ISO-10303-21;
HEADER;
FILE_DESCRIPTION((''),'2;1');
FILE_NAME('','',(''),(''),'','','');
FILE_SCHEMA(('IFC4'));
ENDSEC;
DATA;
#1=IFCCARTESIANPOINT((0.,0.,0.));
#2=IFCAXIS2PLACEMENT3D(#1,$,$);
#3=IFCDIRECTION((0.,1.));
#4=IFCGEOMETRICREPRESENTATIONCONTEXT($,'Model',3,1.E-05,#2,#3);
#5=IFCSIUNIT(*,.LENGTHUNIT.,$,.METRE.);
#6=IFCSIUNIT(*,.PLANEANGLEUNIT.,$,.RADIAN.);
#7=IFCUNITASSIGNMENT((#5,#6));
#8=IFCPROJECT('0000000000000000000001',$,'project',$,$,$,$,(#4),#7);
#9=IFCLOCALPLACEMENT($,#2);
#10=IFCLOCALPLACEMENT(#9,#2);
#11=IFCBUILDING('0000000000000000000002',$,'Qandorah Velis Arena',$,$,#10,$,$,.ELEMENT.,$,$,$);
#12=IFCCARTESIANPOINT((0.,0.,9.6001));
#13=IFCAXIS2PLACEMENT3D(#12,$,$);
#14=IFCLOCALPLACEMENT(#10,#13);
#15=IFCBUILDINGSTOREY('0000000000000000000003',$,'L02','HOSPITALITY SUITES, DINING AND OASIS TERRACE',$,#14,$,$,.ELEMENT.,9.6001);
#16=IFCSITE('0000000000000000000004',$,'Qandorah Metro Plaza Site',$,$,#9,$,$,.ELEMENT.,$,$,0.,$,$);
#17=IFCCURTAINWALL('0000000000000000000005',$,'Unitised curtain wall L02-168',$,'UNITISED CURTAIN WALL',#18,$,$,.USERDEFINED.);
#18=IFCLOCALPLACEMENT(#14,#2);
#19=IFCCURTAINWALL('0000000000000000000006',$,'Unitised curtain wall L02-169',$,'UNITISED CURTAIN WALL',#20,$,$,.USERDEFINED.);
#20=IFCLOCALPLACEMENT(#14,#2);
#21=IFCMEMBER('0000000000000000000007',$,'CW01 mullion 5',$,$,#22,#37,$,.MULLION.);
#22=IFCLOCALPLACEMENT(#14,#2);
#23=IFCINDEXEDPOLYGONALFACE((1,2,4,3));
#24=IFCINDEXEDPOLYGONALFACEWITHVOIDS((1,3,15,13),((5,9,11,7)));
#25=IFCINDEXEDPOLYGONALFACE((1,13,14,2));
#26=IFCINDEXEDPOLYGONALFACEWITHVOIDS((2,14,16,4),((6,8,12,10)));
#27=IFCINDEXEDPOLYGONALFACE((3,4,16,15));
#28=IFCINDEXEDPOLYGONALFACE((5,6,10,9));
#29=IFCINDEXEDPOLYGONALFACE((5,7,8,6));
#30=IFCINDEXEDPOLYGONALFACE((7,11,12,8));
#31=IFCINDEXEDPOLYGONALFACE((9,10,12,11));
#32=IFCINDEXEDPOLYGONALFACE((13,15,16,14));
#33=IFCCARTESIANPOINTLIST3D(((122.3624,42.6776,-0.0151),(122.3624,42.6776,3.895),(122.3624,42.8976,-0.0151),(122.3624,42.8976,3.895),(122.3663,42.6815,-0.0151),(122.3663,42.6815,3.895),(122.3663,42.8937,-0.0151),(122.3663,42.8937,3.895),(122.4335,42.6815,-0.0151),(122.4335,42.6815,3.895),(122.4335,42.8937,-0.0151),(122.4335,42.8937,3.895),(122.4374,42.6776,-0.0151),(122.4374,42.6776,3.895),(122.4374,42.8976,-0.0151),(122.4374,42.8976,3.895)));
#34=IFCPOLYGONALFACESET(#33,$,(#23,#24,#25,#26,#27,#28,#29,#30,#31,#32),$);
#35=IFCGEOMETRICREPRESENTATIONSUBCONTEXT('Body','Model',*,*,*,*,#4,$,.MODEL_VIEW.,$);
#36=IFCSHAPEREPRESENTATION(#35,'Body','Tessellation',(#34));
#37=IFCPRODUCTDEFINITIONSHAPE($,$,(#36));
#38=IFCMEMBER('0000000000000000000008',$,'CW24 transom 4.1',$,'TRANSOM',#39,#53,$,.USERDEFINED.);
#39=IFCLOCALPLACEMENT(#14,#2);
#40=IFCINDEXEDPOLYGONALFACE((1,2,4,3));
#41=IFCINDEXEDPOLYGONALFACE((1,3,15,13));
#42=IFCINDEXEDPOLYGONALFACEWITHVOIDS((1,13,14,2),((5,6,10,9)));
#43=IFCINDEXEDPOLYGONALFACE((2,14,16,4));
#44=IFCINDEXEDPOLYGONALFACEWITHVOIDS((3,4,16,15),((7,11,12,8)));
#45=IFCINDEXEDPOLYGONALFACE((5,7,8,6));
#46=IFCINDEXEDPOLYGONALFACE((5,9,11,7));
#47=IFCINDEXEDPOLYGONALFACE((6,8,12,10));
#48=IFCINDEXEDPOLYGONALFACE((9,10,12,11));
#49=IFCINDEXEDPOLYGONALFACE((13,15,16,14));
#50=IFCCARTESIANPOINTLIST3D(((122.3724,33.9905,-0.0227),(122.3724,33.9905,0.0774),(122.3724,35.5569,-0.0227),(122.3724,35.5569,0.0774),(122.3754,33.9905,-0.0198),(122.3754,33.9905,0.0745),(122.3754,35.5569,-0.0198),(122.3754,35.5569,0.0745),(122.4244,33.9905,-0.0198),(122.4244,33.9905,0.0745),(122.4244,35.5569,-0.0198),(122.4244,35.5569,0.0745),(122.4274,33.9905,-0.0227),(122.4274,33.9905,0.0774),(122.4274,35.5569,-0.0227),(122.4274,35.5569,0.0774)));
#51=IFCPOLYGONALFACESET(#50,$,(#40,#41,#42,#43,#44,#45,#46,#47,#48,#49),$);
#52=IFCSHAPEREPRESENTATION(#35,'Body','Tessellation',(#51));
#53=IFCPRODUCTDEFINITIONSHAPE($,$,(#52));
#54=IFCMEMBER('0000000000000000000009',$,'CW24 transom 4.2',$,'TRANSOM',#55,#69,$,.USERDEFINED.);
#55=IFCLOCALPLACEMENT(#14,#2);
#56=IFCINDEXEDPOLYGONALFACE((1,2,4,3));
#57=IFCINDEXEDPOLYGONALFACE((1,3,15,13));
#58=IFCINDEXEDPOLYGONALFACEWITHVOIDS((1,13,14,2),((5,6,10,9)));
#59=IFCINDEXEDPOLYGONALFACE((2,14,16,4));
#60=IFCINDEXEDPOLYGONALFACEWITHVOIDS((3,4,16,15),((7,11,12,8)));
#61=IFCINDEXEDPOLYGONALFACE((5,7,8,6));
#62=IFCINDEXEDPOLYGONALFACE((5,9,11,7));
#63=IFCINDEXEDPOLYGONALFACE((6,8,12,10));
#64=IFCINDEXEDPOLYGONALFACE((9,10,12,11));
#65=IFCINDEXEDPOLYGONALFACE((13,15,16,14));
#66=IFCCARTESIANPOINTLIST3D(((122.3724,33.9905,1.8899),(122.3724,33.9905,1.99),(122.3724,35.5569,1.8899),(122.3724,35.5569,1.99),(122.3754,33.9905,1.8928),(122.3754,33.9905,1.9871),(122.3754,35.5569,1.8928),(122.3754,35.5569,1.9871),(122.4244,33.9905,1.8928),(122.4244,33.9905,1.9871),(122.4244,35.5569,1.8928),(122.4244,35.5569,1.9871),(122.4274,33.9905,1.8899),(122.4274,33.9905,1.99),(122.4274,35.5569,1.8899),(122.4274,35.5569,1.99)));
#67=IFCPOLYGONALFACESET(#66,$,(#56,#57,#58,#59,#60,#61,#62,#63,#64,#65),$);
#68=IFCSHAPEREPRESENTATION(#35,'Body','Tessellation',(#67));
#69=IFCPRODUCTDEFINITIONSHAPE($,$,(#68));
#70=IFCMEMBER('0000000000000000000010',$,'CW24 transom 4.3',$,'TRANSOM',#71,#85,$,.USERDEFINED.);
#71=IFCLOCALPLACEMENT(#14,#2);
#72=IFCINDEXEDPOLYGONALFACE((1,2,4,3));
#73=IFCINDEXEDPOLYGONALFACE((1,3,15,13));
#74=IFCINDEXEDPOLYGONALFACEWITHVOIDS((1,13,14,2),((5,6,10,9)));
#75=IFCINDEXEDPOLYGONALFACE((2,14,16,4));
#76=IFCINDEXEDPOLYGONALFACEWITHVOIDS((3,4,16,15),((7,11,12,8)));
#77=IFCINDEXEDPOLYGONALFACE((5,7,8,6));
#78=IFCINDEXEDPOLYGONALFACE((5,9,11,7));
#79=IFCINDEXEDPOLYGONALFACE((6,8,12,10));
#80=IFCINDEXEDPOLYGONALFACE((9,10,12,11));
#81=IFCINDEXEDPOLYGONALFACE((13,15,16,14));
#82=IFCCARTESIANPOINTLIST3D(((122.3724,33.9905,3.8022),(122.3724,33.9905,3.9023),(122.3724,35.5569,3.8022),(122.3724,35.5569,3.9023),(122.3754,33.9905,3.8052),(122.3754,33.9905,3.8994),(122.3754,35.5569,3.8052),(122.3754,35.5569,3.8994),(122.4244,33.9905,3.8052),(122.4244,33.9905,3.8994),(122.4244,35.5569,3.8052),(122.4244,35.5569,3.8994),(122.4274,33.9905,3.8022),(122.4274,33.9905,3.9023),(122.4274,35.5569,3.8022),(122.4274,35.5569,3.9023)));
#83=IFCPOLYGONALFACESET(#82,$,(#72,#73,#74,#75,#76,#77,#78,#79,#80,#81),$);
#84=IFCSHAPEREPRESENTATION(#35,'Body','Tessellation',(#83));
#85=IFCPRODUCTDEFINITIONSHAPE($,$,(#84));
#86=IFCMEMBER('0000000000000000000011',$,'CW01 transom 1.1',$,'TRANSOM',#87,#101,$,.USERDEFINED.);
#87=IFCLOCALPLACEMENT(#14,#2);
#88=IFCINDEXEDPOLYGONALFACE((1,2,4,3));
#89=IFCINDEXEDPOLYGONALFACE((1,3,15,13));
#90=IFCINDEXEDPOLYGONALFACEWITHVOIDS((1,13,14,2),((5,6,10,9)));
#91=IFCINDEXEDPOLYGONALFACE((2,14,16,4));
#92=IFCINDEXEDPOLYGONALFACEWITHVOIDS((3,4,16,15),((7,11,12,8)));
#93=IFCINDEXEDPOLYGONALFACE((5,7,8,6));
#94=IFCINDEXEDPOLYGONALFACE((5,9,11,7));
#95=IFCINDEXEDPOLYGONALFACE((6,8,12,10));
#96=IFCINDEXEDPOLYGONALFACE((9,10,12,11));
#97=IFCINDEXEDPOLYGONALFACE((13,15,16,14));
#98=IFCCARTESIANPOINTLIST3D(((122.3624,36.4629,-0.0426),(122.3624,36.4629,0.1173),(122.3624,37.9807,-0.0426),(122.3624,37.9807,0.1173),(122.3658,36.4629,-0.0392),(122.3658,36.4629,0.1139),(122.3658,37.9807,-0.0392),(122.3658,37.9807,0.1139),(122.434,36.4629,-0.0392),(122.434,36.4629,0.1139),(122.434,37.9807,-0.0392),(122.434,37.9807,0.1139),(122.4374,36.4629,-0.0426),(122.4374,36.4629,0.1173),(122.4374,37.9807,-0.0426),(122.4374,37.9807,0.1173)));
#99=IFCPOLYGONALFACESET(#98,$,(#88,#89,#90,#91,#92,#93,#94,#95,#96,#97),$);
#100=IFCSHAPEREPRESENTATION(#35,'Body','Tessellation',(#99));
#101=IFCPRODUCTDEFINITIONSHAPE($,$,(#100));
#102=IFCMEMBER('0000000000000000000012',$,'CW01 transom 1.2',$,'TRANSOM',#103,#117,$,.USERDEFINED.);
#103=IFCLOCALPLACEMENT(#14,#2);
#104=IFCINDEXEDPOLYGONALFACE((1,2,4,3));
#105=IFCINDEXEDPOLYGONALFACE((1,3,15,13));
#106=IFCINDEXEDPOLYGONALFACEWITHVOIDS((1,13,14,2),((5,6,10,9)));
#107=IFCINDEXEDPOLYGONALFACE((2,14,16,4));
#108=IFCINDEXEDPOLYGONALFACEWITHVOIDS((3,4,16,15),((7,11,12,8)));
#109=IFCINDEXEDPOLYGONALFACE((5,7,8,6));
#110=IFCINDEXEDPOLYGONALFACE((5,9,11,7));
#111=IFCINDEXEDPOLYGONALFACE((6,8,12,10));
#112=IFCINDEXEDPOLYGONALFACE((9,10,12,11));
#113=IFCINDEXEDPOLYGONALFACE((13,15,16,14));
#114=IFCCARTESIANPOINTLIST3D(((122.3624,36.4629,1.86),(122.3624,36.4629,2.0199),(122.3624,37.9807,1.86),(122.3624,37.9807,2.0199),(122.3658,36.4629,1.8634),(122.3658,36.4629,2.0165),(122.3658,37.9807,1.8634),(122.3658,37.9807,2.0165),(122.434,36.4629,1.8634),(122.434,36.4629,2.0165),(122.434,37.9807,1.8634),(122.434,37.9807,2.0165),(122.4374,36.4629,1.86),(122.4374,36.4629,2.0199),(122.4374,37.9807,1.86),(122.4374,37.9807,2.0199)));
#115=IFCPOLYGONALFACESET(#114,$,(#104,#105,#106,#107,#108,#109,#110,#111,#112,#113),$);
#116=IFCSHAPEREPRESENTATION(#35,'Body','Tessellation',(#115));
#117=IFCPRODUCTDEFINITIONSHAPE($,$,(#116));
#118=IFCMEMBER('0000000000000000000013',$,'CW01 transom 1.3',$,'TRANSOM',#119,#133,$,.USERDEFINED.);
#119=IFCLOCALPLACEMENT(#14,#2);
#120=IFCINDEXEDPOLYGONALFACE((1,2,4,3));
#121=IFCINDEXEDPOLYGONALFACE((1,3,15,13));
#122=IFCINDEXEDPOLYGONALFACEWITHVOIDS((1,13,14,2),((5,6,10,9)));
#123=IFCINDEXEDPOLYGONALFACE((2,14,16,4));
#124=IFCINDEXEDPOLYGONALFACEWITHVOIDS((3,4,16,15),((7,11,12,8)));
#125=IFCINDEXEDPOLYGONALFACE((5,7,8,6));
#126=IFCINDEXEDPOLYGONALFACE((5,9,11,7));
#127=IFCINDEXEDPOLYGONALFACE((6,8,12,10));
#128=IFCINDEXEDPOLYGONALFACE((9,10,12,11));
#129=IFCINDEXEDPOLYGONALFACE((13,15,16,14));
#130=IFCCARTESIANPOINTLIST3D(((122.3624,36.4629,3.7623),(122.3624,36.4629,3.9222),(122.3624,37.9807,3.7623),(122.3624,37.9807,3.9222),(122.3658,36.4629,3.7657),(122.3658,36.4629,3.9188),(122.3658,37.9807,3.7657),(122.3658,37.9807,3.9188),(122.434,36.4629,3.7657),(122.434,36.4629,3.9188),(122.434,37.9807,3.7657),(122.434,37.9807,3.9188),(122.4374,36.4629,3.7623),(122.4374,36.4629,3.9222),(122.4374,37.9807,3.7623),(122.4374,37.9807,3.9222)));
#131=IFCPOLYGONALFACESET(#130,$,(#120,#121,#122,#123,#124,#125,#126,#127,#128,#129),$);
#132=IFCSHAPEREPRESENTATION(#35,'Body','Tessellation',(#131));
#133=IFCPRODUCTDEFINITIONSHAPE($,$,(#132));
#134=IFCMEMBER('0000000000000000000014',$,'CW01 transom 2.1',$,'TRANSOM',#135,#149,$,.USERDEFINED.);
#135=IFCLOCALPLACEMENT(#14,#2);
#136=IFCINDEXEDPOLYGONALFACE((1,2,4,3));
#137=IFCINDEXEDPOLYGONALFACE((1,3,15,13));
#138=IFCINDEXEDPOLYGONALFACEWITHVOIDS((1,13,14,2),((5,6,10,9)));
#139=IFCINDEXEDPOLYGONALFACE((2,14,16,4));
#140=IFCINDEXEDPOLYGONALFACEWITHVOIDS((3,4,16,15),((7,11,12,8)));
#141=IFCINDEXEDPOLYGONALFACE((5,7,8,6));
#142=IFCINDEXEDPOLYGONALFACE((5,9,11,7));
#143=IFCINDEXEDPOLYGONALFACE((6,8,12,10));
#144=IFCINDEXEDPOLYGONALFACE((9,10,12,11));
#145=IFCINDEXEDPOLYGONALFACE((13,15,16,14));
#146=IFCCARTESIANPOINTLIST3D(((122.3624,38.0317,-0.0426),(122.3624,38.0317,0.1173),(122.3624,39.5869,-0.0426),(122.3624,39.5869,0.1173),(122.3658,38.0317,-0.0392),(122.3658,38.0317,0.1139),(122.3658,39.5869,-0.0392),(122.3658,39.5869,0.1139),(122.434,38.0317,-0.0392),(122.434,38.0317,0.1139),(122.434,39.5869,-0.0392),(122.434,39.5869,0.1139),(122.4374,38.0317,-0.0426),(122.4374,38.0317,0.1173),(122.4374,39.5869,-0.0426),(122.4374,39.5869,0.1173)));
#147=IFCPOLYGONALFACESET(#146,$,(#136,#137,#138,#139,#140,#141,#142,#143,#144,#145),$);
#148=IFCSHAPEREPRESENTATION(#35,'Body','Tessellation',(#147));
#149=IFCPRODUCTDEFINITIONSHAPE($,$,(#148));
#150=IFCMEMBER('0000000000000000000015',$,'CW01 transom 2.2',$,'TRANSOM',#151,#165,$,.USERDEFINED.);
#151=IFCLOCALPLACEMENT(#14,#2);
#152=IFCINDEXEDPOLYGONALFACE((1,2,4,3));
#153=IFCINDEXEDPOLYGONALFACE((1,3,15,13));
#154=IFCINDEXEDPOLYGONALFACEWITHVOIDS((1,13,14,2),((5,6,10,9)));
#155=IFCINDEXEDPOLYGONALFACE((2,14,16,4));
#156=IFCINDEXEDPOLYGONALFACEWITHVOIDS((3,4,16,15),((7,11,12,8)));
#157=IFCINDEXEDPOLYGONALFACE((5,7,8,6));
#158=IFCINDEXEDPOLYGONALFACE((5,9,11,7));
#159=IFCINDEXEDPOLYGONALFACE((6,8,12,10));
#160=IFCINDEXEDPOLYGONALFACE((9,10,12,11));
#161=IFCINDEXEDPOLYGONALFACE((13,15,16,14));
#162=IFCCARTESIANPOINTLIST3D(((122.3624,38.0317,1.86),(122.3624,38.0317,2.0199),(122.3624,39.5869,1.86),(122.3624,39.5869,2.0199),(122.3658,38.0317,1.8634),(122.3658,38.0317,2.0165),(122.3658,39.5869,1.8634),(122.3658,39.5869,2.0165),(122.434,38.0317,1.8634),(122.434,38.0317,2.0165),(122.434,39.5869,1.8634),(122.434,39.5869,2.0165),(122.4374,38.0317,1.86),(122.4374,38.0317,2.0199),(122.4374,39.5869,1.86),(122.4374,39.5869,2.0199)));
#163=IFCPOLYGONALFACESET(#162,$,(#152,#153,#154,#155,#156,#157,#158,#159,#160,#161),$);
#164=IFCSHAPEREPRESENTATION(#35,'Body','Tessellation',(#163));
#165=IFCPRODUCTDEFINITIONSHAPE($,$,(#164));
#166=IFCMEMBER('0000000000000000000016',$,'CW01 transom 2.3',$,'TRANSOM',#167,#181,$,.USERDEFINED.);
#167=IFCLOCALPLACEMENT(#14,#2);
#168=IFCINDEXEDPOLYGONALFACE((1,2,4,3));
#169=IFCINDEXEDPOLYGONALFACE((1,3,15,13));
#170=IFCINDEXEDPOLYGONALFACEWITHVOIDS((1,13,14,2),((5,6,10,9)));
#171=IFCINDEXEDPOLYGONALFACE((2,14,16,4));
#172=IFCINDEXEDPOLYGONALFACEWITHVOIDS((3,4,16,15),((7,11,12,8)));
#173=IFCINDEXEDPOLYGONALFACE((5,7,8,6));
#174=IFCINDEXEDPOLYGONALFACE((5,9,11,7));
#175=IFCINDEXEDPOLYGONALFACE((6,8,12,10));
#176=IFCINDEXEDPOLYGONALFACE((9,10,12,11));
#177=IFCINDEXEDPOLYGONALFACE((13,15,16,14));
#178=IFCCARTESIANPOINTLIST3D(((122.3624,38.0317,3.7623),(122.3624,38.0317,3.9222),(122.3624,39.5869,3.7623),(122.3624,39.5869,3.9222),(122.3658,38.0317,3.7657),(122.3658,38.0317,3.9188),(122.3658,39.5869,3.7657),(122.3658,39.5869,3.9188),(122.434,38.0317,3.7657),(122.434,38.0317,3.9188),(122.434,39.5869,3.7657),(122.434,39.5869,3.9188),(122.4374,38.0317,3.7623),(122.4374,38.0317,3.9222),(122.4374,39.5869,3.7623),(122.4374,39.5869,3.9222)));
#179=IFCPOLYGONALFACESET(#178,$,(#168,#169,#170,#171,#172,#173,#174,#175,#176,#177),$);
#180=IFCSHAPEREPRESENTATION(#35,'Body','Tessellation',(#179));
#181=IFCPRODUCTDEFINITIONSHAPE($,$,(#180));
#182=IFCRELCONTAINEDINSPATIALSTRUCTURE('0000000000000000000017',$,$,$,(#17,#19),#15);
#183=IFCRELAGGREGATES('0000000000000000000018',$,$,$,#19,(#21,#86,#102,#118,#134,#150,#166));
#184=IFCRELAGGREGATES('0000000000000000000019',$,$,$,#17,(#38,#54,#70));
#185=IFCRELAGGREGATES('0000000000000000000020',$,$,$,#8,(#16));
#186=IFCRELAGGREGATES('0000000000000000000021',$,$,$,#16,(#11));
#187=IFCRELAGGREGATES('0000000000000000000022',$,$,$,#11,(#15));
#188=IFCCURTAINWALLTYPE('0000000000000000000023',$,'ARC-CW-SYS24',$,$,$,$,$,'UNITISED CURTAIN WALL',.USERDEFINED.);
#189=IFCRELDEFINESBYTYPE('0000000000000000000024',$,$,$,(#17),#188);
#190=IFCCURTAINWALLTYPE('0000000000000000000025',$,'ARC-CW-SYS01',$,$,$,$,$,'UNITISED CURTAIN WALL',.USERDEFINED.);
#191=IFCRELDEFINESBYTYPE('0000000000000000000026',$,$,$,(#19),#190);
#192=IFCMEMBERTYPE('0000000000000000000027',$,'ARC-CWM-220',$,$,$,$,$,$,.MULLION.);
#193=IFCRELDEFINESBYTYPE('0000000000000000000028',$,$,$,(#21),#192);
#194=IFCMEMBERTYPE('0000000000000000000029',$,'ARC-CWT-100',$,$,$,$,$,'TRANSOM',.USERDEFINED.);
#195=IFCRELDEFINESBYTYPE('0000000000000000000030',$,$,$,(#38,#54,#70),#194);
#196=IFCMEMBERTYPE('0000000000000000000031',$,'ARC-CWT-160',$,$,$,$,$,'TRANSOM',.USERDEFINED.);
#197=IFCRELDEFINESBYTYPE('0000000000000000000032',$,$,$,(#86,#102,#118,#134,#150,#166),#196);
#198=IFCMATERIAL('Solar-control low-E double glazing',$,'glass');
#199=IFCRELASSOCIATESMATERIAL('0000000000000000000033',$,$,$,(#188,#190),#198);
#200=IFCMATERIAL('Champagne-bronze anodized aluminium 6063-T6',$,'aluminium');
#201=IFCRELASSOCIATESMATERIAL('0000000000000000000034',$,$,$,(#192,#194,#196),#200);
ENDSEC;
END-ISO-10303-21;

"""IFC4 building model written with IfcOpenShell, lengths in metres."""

from ifc_helpers import new_model, si_unit, direction, frame, origin, origin_2d, place, context, subcontext, project, spatial, hollow_rectangle, extrude, material, material_profile, profile_set, type_object, element, aggregate, save


model = new_model("IFC4")

# Units and contexts
model_context = context("Model", 3, precision=1e-05, world=origin(), true_north=direction((0.0, 1.0)))
body_context = subcontext(model_context, "Body", "Model", "MODEL_VIEW")
ifc_project = project(units=[si_unit("LENGTHUNIT", "METRE"), si_unit("PLANEANGLEUNIT", "RADIAN")], contexts=[model_context])

# Site, building, storey
site_placement = place(None, origin())
site = spatial("IfcSite", under=ifc_project, at=site_placement, Name="Qandorah Metro Plaza Site", CompositionType="ELEMENT", RefElevation=0.0)
building_placement = place(site_placement, origin())
building = spatial("IfcBuilding", under=site, at=building_placement, Name="Qandorah Velis Arena", CompositionType="ELEMENT")
storey_placement = place(building_placement, frame((0.0, 0.0, 9.6001)))
storey = spatial("IfcBuildingStorey", under=building, at=storey_placement, Name="L02", Description="HOSPITALITY SUITES, DINING AND OASIS TERRACE", CompositionType="ELEMENT", Elevation=9.6001)

# Curtain walls, member
ifc_material_1 = material(Name="Solar-control low-E double glazing", Category="glass")
curtain_wall_type_1 = type_object("IfcCurtainWallType", Name="ARC-CW-SYS24", ElementType="UNITISED CURTAIN WALL", PredefinedType="USERDEFINED", material=ifc_material_1)
curtain_wall_1_placement = place(storey_placement, origin())
curtain_wall_1 = element("IfcCurtainWall", 1, at=curtain_wall_1_placement, inside=storey, type_object=curtain_wall_type_1, Name="Unitised curtain wall L02-168", ObjectType="UNITISED CURTAIN WALL", PredefinedType="USERDEFINED")
ifc_material_2 = material(Name="Champagne-bronze anodized aluminium 6063-T6", Category="aluminium")
curtain_wall_type_2 = type_object("IfcCurtainWallType", Name="ARC-CW-SYS01", ElementType="UNITISED CURTAIN WALL", PredefinedType="USERDEFINED", material=ifc_material_1)
curtain_wall_2_placement = place(storey_placement, origin())
curtain_wall_2 = element("IfcCurtainWall", 2, at=curtain_wall_2_placement, inside=storey, type_object=curtain_wall_type_2, Name="Unitised curtain wall L02-169", ObjectType="UNITISED CURTAIN WALL", PredefinedType="USERDEFINED")
ifc_material_profile_1 = material_profile(ifc_material_2, hollow_rectangle(XDim=0.075, YDim=0.22, WallThickness=0.0039, at=origin_2d()), Name="ALU MULLION 75x220")
ifc_profile_set_1 = profile_set([ifc_material_profile_1], Name="Champagne-bronze anodized aluminium 6063-T6")
member_type_1 = type_object("IfcMemberType", Name="ARC-CWM-220", PredefinedType="MULLION", material=ifc_profile_set_1)
member_1_placement = place(storey_placement, frame((122.3999, 42.7876, -0.0151), z_axis=(0.0, 0.0, 1.0), x_axis=(-1.0, 0.0, 0.0)))
member_1 = element("IfcMember", 3, at=member_1_placement, type_object=member_type_1, Name="CW01 mullion 5", PredefinedType="MULLION", context=body_context, shape_type="SweptSolid", body=[
    extrude(hollow_rectangle(XDim=0.075, YDim=0.22, WallThickness=0.0039, at=origin_2d()), origin(), (0.0, 0.0, 1.0), 3.9102),
])

# Members
ifc_material_profile_2 = material_profile(ifc_material_2, hollow_rectangle(XDim=0.0549, YDim=0.1001, WallThickness=0.0029, at=origin_2d()), Name="ALU TRANSOM 55x100")
ifc_profile_set_2 = profile_set([ifc_material_profile_2], Name="Champagne-bronze anodized aluminium 6063-T6")
member_type_2 = type_object("IfcMemberType", Name="ARC-CWT-100", ElementType="TRANSOM", PredefinedType="USERDEFINED", material=ifc_profile_set_2)
member_2_placement = place(storey_placement, frame((122.3999, 33.9905, 0.0273), z_axis=(0.0, 1.0, 0.0), x_axis=(-1.0, 0.0, 0.0)))
member_2 = element("IfcMember", 4, at=member_2_placement, type_object=member_type_2, Name="CW24 transom 4.1", ObjectType="TRANSOM", PredefinedType="USERDEFINED", context=body_context, shape_type="SweptSolid", body=[
    extrude(hollow_rectangle(XDim=0.0549, YDim=0.1001, WallThickness=0.0029, at=origin_2d()), origin(), (0.0, 0.0, 1.0), 1.5664),
])
member_3_placement = place(storey_placement, frame((122.3999, 33.9905, 1.9399), z_axis=(0.0, 1.0, 0.0), x_axis=(-1.0, 0.0, 0.0)))
member_3 = element("IfcMember", 5, at=member_3_placement, type_object=member_type_2, Name="CW24 transom 4.2", ObjectType="TRANSOM", PredefinedType="USERDEFINED", context=body_context, shape_type="SweptSolid", body=[
    extrude(hollow_rectangle(XDim=0.0549, YDim=0.1001, WallThickness=0.0029, at=origin_2d()), origin(), (0.0, 0.0, 1.0), 1.5664),
])
member_4_placement = place(storey_placement, frame((122.3999, 33.9905, 3.8523), z_axis=(0.0, 1.0, 0.0), x_axis=(-1.0, 0.0, 0.0)))
member_4 = element("IfcMember", 6, at=member_4_placement, type_object=member_type_2, Name="CW24 transom 4.3", ObjectType="TRANSOM", PredefinedType="USERDEFINED", context=body_context, shape_type="SweptSolid", body=[
    extrude(hollow_rectangle(XDim=0.0549, YDim=0.1001, WallThickness=0.0029, at=origin_2d()), origin(), (0.0, 0.0, 1.0), 1.5664),
])
ifc_material_profile_3 = material_profile(ifc_material_2, hollow_rectangle(XDim=0.075, YDim=0.1599, WallThickness=0.0034, at=origin_2d()), Name="ALU TRANSOM 75x160")
ifc_profile_set_3 = profile_set([ifc_material_profile_3], Name="Champagne-bronze anodized aluminium 6063-T6")
member_type_3 = type_object("IfcMemberType", Name="ARC-CWT-160", ElementType="TRANSOM", PredefinedType="USERDEFINED", material=ifc_profile_set_3)
member_5_placement = place(storey_placement, frame((122.3999, 36.4629, 0.0374), z_axis=(0.0, 1.0, 0.0), x_axis=(-1.0, 0.0, 0.0)))
member_5 = element("IfcMember", 7, at=member_5_placement, type_object=member_type_3, Name="CW01 transom 1.1", ObjectType="TRANSOM", PredefinedType="USERDEFINED", context=body_context, shape_type="SweptSolid", body=[
    extrude(hollow_rectangle(XDim=0.075, YDim=0.1599, WallThickness=0.0034, at=origin_2d()), origin(), (0.0, 0.0, 1.0), 1.5178),
])
member_6_placement = place(storey_placement, frame((122.3999, 36.4629, 1.9399), z_axis=(0.0, 1.0, 0.0), x_axis=(-1.0, 0.0, 0.0)))
member_6 = element("IfcMember", 8, at=member_6_placement, type_object=member_type_3, Name="CW01 transom 1.2", ObjectType="TRANSOM", PredefinedType="USERDEFINED", context=body_context, shape_type="SweptSolid", body=[
    extrude(hollow_rectangle(XDim=0.075, YDim=0.1599, WallThickness=0.0034, at=origin_2d()), origin(), (0.0, 0.0, 1.0), 1.5178),
])
member_7_placement = place(storey_placement, frame((122.3999, 36.4629, 3.8423), z_axis=(0.0, 1.0, 0.0), x_axis=(-1.0, 0.0, 0.0)))
member_7 = element("IfcMember", 9, at=member_7_placement, type_object=member_type_3, Name="CW01 transom 1.3", ObjectType="TRANSOM", PredefinedType="USERDEFINED", context=body_context, shape_type="SweptSolid", body=[
    extrude(hollow_rectangle(XDim=0.075, YDim=0.1599, WallThickness=0.0034, at=origin_2d()), origin(), (0.0, 0.0, 1.0), 1.5178),
])
member_8_placement = place(storey_placement, frame((122.3999, 38.0317, 0.0374), z_axis=(0.0, 1.0, 0.0), x_axis=(-1.0, 0.0, 0.0)))
member_8 = element("IfcMember", 10, at=member_8_placement, type_object=member_type_3, Name="CW01 transom 2.1", ObjectType="TRANSOM", PredefinedType="USERDEFINED", context=body_context, shape_type="SweptSolid", body=[
    extrude(hollow_rectangle(XDim=0.075, YDim=0.1599, WallThickness=0.0034, at=origin_2d()), origin(), (0.0, 0.0, 1.0), 1.5552),
])
member_9_placement = place(storey_placement, frame((122.3999, 38.0317, 1.9399), z_axis=(0.0, 1.0, 0.0), x_axis=(-1.0, 0.0, 0.0)))
member_9 = element("IfcMember", 11, at=member_9_placement, type_object=member_type_3, Name="CW01 transom 2.2", ObjectType="TRANSOM", PredefinedType="USERDEFINED", context=body_context, shape_type="SweptSolid", body=[
    extrude(hollow_rectangle(XDim=0.075, YDim=0.1599, WallThickness=0.0034, at=origin_2d()), origin(), (0.0, 0.0, 1.0), 1.5552),
])
member_10_placement = place(storey_placement, frame((122.3999, 38.0317, 3.8423), z_axis=(0.0, 1.0, 0.0), x_axis=(-1.0, 0.0, 0.0)))
member_10 = element("IfcMember", 12, at=member_10_placement, type_object=member_type_3, Name="CW01 transom 2.3", ObjectType="TRANSOM", PredefinedType="USERDEFINED", context=body_context, shape_type="SweptSolid", body=[
    extrude(hollow_rectangle(XDim=0.075, YDim=0.1599, WallThickness=0.0034, at=origin_2d()), origin(), (0.0, 0.0, 1.0), 1.5552),
])

aggregate(curtain_wall_2, [member_1, member_5, member_6, member_7, member_8, member_9, member_10])
aggregate(curtain_wall_1, [member_2, member_3, member_4])

save(model, "model.ifc")
